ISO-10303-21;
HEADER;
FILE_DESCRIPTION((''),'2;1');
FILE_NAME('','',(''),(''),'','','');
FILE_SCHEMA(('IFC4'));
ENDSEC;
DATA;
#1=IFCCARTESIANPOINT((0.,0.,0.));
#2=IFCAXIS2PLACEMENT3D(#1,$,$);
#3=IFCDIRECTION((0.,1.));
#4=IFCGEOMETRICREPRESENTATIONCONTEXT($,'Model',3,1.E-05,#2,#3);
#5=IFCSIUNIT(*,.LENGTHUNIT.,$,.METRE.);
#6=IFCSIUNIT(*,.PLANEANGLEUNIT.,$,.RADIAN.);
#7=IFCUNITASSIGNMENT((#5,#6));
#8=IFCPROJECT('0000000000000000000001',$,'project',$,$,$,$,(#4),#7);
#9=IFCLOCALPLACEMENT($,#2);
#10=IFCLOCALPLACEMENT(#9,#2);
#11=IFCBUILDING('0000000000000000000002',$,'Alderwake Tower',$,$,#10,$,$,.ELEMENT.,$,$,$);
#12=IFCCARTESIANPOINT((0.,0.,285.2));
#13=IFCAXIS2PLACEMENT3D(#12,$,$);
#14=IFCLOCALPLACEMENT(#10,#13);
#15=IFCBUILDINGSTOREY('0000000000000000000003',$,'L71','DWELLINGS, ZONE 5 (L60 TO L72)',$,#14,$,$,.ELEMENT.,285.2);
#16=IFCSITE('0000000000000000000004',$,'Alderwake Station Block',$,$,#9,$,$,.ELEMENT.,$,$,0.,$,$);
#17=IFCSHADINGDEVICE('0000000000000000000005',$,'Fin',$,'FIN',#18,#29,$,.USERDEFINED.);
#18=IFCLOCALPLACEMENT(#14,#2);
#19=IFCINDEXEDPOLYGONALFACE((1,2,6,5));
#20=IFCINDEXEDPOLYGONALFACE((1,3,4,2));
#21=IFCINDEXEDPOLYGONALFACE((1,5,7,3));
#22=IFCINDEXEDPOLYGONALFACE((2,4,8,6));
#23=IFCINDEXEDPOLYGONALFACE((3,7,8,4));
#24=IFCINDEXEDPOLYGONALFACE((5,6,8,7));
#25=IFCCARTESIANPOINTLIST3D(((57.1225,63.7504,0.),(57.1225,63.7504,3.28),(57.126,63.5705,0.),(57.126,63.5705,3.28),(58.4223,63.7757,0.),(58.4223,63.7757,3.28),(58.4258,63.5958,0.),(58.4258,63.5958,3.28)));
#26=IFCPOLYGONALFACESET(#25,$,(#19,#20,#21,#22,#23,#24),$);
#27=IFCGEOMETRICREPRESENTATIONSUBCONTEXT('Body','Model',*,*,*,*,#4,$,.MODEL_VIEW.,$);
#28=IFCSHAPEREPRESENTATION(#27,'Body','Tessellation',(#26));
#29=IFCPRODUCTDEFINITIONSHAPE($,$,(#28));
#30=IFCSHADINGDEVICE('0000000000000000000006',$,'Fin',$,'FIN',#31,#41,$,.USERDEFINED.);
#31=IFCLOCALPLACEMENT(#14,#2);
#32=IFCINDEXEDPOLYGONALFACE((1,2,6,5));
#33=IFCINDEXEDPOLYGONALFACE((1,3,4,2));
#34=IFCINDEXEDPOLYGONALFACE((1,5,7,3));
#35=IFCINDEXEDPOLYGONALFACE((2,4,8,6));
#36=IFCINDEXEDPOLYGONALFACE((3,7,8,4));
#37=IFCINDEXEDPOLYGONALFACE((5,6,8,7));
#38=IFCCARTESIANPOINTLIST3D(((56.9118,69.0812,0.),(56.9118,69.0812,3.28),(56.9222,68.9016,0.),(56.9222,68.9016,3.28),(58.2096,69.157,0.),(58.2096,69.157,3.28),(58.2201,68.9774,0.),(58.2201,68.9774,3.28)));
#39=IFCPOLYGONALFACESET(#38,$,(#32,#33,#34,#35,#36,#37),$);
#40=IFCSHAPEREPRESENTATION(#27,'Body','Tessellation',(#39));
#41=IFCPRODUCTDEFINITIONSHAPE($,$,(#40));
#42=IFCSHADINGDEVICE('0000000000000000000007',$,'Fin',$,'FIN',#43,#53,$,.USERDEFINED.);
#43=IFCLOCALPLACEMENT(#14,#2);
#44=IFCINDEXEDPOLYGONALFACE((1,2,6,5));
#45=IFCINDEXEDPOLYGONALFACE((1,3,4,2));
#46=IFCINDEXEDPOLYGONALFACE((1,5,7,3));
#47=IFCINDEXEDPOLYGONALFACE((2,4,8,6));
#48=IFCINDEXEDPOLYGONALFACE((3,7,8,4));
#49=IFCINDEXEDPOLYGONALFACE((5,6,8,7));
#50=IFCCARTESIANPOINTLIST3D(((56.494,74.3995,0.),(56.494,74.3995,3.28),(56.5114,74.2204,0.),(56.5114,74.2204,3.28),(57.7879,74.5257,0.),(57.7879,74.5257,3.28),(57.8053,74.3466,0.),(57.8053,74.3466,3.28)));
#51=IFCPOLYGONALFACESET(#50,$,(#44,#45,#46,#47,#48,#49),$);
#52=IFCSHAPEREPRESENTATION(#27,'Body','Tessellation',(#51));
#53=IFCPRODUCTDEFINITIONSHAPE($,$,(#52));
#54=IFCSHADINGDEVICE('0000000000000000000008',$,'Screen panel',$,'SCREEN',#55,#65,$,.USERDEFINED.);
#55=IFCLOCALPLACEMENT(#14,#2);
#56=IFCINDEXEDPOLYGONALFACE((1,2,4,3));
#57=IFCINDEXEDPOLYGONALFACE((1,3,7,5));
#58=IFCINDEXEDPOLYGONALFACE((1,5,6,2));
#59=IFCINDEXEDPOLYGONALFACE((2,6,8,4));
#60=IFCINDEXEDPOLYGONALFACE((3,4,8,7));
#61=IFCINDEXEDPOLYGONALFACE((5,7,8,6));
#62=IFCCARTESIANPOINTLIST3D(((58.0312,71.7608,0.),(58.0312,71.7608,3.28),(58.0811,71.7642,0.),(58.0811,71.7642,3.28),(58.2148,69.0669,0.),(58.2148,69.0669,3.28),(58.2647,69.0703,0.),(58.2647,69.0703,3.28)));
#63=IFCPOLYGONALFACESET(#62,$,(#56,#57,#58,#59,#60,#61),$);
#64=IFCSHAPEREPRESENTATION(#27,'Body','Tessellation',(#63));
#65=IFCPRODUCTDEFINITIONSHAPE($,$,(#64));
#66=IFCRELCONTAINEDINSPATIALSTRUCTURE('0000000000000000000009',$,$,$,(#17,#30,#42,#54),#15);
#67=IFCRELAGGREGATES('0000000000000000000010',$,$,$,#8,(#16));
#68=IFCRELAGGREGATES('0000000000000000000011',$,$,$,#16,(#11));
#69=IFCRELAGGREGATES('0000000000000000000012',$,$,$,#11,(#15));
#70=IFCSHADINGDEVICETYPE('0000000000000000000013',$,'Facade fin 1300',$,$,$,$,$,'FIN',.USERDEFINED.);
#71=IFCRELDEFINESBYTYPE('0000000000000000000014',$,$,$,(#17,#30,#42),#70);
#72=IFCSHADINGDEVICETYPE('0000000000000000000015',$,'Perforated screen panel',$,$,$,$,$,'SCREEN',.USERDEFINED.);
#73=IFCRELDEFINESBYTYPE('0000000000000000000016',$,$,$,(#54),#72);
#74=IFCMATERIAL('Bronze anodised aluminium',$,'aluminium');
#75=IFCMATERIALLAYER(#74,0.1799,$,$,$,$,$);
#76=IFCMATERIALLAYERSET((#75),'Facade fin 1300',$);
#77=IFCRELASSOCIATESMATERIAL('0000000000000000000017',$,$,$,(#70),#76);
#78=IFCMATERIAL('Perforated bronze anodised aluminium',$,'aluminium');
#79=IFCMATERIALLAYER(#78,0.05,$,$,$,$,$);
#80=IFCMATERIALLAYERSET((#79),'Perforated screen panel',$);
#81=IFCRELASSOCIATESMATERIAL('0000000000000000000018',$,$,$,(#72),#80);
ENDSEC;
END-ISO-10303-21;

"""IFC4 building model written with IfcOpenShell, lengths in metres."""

from ifc_helpers import new_model, si_unit, direction, frame, origin, origin_2d, place, context, subcontext, project, spatial, rectangle, extrude, material, layer, layer_set, type_object, element, save


model = new_model("IFC4")

# Units and contexts
model_context = context("Model", 3, precision=1e-05, world=origin(), true_north=direction((0.0, 1.0)))
body_context = subcontext(model_context, "Body", "Model", "MODEL_VIEW")
ifc_project = project(units=[si_unit("LENGTHUNIT", "METRE"), si_unit("PLANEANGLEUNIT", "RADIAN")], contexts=[model_context])

# Site, building, storey
site_placement = place(None, origin())
site = spatial("IfcSite", under=ifc_project, at=site_placement, Name="Alderwake Station Block", CompositionType="ELEMENT", RefElevation=0.0)
building_placement = place(site_placement, origin())
building = spatial("IfcBuilding", under=site, at=building_placement, Name="Alderwake Tower", CompositionType="ELEMENT")
storey_placement = place(building_placement, frame((0.0, 0.0, 285.2)))
storey = spatial("IfcBuildingStorey", under=building, at=storey_placement, Name="L71", Description="DWELLINGS, ZONE 5 (L60 TO L72)", CompositionType="ELEMENT", Elevation=285.2)

# Shading devices
ifc_material_1 = material(Name="Bronze anodised aluminium", Category="aluminium")
ifc_layer_1 = layer(ifc_material_1, 0.1799)
ifc_layer_set_1 = layer_set([ifc_layer_1], Name="Facade fin 1300")
shading_device_type_1 = type_object("IfcShadingDeviceType", Name="Facade fin 1300", ElementType="FIN", PredefinedType="USERDEFINED", material=ifc_layer_set_1)
for number, where, z_axis, x_axis, name in (
    (1, (57.7742, 63.6731, 0.0), (0.0, 0.0, 1.0), (0.999812, 0.019398, 0.0), "Fin"),
    (2, (57.5659, 69.0293, 0.0), (0.0, 0.0, 1.0), (0.998301, 0.058266, 0.0), "Fin"),
    (3, (57.1497, 74.373, 0.0), (0.0, 0.0, 1.0), (0.99528, 0.097046, 0.0), "Fin"),
):
    element("IfcShadingDevice", number, at=place(storey_placement, frame(where, z_axis=z_axis, x_axis=x_axis)), inside=storey, type_object=shading_device_type_1, Name=name, ObjectType="FIN", PredefinedType="USERDEFINED", context=body_context, shape_type="SweptSolid", body=[
        extrude(rectangle(XDim=1.3, YDim=0.1799, at=origin_2d()), origin(), (0.0, 0.0, 1.0), 3.28),
    ])
ifc_material_2 = material(Name="Perforated bronze anodised aluminium", Category="aluminium")
ifc_layer_2 = layer(ifc_material_2, 0.05)
ifc_layer_set_2 = layer_set([ifc_layer_2], Name="Perforated screen panel")
shading_device_type_2 = type_object("IfcShadingDeviceType", Name="Perforated screen panel", ElementType="SCREEN", PredefinedType="USERDEFINED", material=ifc_layer_set_2)
shading_device_placement = place(storey_placement, frame((58.1479, 70.4155, 0.0), z_axis=(0.0, 0.0, 1.0), x_axis=(0.997685, 0.067998, 0.0)))
element("IfcShadingDevice", 4, at=shading_device_placement, inside=storey, type_object=shading_device_type_2, Name="Screen panel", ObjectType="SCREEN", PredefinedType="USERDEFINED", context=body_context, shape_type="SweptSolid", body=[
    extrude(rectangle(XDim=0.05, YDim=2.7002, at=origin_2d()), origin(), (0.0, 0.0, 1.0), 3.28),
])

save(model, "model.ifc")
